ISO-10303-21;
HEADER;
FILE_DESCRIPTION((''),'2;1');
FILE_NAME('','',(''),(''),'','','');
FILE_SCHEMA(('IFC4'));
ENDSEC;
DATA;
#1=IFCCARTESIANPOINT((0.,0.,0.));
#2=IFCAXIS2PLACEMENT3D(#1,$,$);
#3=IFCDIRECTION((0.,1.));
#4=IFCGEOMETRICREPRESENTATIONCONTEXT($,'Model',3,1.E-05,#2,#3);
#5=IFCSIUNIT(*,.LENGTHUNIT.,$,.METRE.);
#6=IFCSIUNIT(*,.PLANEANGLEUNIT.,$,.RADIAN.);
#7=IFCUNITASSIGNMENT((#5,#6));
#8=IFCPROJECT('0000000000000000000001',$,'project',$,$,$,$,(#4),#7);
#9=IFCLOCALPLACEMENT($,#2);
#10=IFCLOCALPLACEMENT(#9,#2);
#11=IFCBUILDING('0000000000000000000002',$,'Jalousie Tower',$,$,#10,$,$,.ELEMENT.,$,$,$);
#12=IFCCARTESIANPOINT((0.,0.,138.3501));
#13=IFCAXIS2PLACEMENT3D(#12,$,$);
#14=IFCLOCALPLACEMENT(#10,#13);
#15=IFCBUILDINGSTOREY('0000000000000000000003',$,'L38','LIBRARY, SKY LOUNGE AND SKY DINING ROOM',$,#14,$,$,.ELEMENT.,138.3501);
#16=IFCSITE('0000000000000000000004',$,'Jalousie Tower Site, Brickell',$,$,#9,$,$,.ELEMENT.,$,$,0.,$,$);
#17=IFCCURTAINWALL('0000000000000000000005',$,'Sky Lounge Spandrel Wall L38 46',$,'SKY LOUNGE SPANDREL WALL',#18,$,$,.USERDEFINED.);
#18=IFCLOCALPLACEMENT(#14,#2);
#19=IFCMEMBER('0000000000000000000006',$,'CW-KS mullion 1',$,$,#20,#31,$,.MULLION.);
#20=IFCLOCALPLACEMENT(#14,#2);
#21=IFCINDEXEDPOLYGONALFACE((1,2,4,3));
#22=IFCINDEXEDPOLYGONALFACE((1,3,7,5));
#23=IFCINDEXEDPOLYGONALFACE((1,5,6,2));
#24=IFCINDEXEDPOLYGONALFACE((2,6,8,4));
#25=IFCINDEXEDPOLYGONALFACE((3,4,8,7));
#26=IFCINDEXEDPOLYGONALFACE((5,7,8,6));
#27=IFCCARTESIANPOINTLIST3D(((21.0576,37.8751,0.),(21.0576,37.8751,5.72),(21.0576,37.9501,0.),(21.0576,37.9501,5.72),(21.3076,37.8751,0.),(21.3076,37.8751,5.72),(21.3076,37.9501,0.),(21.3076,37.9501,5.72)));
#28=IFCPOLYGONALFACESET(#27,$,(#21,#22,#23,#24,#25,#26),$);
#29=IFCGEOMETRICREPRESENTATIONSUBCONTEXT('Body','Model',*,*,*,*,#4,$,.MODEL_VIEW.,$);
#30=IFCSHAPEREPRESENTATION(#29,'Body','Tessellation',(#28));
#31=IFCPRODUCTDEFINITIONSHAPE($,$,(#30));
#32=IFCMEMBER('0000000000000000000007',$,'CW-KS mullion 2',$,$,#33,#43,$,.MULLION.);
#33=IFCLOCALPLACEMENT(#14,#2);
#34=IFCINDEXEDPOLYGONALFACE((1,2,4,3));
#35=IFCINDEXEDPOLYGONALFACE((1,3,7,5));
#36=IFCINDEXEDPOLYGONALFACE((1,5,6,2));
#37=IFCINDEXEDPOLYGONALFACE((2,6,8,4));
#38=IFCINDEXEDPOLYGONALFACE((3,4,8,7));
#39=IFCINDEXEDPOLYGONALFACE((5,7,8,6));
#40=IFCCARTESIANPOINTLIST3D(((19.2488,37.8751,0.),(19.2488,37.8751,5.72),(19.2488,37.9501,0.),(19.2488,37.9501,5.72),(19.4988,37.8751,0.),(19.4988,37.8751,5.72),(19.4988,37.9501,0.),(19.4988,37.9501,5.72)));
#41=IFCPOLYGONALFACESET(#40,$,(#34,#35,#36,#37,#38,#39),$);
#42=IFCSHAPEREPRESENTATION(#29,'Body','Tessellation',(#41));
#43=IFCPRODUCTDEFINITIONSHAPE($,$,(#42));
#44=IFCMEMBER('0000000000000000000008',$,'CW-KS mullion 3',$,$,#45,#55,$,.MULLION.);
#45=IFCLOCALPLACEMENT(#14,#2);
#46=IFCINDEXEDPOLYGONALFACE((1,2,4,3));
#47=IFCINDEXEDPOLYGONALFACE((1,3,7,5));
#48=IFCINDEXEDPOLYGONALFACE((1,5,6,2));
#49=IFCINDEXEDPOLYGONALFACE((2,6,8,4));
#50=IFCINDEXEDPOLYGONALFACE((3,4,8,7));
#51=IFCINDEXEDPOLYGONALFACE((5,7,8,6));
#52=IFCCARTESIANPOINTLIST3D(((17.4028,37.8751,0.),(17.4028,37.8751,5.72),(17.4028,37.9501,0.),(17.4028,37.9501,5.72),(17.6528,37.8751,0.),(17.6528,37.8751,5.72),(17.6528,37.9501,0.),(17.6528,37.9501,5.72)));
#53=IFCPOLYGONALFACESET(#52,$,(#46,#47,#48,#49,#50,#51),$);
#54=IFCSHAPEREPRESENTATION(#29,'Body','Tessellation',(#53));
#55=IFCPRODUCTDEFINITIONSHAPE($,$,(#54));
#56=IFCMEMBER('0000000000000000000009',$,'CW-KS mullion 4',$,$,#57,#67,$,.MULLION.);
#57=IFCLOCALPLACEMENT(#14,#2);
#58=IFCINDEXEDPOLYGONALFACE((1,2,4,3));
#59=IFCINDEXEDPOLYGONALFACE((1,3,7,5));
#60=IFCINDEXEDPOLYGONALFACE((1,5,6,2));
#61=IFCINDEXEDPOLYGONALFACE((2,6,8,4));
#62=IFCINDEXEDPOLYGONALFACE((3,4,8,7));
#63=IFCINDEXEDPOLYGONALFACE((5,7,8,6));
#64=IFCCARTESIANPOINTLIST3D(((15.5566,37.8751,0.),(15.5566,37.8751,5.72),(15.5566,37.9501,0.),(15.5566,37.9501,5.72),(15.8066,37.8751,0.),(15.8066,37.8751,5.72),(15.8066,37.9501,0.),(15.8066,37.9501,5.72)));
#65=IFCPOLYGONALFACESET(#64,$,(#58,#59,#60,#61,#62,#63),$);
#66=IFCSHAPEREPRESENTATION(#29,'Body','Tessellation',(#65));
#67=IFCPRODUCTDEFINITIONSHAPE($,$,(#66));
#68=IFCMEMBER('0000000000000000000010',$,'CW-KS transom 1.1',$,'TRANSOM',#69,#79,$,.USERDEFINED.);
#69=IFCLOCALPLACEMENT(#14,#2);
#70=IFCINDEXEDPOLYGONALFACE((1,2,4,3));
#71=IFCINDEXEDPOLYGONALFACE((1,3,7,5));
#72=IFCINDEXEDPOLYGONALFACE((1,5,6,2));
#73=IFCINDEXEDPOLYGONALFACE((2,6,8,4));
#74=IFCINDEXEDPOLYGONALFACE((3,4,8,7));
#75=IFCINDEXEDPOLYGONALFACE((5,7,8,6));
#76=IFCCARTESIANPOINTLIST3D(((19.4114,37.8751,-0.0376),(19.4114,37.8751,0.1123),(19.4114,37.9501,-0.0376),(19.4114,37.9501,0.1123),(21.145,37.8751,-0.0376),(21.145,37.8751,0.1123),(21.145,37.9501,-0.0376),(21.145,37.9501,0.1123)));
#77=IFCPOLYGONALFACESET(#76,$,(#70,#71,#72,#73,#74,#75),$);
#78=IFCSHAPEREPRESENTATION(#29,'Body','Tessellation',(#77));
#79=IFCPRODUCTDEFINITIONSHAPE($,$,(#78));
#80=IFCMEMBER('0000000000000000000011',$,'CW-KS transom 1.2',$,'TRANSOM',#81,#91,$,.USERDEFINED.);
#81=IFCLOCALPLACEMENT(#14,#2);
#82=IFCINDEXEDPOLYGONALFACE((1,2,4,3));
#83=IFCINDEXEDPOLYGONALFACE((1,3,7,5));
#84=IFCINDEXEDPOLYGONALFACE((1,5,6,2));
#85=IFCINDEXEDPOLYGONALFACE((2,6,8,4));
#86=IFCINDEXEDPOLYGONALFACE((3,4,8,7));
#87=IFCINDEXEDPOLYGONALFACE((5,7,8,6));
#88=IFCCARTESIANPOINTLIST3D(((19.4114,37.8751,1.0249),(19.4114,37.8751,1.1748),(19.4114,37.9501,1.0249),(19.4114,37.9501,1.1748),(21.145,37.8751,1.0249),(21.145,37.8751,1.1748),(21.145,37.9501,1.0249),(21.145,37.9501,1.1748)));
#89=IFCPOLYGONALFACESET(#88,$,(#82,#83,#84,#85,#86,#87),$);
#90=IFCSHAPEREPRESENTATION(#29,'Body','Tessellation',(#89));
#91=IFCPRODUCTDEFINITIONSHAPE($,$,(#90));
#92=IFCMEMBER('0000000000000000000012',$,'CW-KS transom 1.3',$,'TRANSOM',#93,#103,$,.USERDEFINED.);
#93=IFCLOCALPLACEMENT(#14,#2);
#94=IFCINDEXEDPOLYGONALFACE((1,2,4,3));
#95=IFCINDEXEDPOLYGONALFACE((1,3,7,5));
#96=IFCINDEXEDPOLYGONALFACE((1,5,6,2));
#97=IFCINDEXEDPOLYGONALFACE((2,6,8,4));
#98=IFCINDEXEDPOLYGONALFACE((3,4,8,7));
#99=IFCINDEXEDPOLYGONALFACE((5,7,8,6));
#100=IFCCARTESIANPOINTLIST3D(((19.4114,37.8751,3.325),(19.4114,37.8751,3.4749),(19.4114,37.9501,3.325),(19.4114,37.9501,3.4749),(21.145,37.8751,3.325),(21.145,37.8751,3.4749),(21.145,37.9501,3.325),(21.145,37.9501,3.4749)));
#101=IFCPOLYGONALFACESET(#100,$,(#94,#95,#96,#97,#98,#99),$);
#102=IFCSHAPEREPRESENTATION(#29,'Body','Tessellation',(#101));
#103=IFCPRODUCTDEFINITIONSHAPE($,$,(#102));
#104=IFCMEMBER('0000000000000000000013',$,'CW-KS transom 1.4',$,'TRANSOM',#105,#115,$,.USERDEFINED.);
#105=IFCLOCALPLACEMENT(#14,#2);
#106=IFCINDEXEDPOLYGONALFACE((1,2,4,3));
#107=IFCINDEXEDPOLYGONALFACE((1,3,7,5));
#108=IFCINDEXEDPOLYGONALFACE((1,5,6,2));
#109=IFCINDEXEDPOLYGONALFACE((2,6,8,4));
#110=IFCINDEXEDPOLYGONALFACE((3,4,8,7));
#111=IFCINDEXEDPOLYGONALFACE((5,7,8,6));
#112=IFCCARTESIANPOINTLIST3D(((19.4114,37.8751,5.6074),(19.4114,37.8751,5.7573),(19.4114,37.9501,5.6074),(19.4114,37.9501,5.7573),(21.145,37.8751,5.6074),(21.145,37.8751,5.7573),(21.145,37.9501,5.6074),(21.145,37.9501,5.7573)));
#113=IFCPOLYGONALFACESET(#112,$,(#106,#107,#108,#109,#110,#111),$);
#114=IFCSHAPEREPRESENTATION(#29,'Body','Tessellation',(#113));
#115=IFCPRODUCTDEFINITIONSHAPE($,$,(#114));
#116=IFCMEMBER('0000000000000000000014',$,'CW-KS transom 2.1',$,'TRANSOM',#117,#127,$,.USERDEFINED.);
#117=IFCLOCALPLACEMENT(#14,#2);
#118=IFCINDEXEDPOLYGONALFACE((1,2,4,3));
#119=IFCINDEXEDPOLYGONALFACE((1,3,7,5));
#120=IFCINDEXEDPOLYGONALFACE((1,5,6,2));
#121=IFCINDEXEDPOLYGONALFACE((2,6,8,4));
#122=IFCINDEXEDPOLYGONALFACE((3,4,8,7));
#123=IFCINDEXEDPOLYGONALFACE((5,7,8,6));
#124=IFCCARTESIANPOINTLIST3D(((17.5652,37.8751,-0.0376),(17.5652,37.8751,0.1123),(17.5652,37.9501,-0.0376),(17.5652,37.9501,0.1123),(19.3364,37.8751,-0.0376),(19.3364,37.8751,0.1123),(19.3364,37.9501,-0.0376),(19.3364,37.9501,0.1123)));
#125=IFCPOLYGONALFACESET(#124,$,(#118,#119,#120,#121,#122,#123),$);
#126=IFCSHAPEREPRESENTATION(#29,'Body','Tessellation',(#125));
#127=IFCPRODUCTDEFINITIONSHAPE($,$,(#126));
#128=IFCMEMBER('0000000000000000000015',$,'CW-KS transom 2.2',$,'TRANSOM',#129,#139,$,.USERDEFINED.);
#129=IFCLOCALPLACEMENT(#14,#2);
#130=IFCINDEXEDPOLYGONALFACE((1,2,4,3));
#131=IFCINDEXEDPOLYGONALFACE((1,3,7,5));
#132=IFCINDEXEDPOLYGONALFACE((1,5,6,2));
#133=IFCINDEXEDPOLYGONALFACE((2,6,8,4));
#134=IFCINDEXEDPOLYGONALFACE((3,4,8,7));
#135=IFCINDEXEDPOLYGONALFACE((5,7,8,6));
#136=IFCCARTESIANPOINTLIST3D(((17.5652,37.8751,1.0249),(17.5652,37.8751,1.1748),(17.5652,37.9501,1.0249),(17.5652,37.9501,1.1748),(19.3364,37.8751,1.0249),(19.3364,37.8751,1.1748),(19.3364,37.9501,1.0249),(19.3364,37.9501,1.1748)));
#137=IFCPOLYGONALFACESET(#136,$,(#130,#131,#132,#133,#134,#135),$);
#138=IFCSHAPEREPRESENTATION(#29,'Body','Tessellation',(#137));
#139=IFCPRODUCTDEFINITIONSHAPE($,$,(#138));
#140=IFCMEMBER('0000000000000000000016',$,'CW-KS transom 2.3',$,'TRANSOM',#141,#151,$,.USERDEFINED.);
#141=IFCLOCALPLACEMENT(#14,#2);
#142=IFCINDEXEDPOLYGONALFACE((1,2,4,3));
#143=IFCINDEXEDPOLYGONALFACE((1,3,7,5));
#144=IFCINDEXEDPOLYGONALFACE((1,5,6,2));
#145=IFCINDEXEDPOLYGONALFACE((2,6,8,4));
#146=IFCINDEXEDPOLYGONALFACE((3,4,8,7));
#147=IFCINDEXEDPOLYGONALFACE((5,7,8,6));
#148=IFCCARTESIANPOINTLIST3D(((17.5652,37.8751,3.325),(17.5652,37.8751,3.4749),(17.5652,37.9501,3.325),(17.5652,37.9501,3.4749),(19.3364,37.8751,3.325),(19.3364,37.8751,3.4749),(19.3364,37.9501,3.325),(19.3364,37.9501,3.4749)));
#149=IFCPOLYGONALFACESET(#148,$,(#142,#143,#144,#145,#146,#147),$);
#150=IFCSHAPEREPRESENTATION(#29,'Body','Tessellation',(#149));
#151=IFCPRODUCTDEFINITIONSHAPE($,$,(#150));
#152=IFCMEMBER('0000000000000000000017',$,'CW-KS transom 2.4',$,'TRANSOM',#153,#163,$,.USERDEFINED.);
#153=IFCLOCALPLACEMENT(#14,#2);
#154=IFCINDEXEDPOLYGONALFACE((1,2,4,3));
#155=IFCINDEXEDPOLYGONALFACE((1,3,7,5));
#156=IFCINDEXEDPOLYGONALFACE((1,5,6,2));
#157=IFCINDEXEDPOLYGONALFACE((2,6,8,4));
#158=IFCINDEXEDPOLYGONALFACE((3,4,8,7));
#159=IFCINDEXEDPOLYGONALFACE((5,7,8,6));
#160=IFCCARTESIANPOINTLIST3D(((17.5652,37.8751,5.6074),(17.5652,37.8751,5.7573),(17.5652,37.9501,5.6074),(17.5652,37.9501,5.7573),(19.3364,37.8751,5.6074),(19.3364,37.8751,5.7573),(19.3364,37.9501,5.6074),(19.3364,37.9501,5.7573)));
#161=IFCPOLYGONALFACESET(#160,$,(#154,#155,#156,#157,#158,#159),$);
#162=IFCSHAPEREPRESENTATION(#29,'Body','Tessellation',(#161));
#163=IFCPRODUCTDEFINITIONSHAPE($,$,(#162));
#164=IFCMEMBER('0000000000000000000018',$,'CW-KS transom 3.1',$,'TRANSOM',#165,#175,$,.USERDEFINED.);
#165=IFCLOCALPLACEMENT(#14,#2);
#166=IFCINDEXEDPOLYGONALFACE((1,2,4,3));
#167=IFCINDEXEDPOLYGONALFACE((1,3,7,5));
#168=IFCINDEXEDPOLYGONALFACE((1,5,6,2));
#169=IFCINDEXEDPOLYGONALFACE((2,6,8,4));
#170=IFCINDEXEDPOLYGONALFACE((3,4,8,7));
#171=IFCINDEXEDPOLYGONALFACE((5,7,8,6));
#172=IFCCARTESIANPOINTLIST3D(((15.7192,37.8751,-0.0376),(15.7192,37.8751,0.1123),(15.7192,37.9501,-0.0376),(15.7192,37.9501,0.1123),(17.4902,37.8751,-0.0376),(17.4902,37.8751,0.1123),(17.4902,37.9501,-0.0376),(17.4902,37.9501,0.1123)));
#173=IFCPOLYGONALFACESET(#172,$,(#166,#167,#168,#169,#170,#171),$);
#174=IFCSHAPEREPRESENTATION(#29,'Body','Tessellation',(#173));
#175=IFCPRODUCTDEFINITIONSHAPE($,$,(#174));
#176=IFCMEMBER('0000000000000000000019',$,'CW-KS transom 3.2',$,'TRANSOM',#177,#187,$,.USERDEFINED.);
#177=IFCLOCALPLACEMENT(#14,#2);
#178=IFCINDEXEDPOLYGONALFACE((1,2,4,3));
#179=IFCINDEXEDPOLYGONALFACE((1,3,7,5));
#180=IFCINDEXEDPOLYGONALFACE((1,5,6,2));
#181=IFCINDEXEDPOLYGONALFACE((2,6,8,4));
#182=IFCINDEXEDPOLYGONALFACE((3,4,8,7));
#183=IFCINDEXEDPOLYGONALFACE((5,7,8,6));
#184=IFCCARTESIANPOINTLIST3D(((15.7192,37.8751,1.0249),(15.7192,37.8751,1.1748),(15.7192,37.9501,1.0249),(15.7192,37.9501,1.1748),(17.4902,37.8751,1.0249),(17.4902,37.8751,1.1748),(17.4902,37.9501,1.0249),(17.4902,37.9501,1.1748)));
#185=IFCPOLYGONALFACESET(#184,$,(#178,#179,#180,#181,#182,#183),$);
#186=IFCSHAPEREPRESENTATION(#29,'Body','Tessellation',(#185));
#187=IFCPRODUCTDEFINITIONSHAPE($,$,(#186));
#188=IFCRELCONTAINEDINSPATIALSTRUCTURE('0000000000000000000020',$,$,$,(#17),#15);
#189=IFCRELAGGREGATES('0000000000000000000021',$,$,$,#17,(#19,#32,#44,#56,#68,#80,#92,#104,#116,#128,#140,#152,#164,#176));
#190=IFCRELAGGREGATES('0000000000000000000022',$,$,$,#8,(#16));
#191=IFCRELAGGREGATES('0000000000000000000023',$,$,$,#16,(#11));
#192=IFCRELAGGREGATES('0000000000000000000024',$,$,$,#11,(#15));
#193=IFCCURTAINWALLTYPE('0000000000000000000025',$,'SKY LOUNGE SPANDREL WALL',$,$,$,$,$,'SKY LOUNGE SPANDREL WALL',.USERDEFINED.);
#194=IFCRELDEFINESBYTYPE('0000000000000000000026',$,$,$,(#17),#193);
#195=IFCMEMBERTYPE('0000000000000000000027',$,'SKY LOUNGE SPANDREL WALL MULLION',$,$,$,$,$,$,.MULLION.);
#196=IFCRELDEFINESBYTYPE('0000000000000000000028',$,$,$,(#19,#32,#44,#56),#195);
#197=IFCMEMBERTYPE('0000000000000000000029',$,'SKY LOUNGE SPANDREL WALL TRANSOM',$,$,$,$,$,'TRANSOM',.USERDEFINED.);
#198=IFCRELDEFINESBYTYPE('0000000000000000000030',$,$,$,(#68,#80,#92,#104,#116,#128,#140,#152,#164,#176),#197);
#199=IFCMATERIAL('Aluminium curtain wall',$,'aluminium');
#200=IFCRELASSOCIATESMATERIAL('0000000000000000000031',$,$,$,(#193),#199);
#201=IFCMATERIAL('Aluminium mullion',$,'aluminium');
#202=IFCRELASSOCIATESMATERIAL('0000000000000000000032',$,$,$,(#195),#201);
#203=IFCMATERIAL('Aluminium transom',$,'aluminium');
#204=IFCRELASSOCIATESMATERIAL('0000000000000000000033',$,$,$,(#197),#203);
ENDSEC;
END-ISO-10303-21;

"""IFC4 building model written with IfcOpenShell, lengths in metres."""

from ifc_helpers import new_model, si_unit, direction, frame, origin, origin_2d, place, context, subcontext, project, spatial, rectangle, extrude, material, material_profile, profile_set, type_object, element, aggregate, save


model = new_model("IFC4")

# Units and contexts
model_context = context("Model", 3, precision=1e-05, world=origin(), true_north=direction((0.0, 1.0)))
body_context = subcontext(model_context, "Body", "Model", "MODEL_VIEW")
ifc_project = project(units=[si_unit("LENGTHUNIT", "METRE"), si_unit("PLANEANGLEUNIT", "RADIAN")], contexts=[model_context])

# Site, building, storey
site_placement = place(None, origin())
site = spatial("IfcSite", under=ifc_project, at=site_placement, Name="Jalousie Tower Site, Brickell", CompositionType="ELEMENT", RefElevation=0.0)
building_placement = place(site_placement, origin())
building = spatial("IfcBuilding", under=site, at=building_placement, Name="Jalousie Tower", CompositionType="ELEMENT")
storey_placement = place(building_placement, frame((0.0, 0.0, 138.3501)))
storey = spatial("IfcBuildingStorey", under=building, at=storey_placement, Name="L38", Description="LIBRARY, SKY LOUNGE AND SKY DINING ROOM", CompositionType="ELEMENT", Elevation=138.3501)

# Curtain wall, members
ifc_material_1 = material(Name="Aluminium curtain wall", Category="aluminium")
curtain_wall_type_1 = type_object("IfcCurtainWallType", Name="SKY LOUNGE SPANDREL WALL", ElementType="SKY LOUNGE SPANDREL WALL", PredefinedType="USERDEFINED", material=ifc_material_1)
curtain_wall_1_placement = place(storey_placement, origin())
curtain_wall_1 = element("IfcCurtainWall", 1, at=curtain_wall_1_placement, inside=storey, type_object=curtain_wall_type_1, Name="Sky Lounge Spandrel Wall L38 46", ObjectType="SKY LOUNGE SPANDREL WALL", PredefinedType="USERDEFINED")
ifc_material_2 = material(Name="Aluminium mullion", Category="aluminium")
ifc_material_profile_1 = material_profile(ifc_material_2, rectangle(XDim=0.075, YDim=0.25, at=origin_2d()), Name="MULLION 75x250")
ifc_profile_set_1 = profile_set([ifc_material_profile_1], Name="Aluminium mullion")
member_type_1 = type_object("IfcMemberType", Name="SKY LOUNGE SPANDREL WALL MULLION", PredefinedType="MULLION", material=ifc_profile_set_1)
member_1_placement = place(storey_placement, frame((21.1826, 37.9126, 0.0), z_axis=(0.0, 0.0, 1.0), x_axis=(0.0, -1.0, 0.0)))
member_1 = element("IfcMember", 2, at=member_1_placement, type_object=member_type_1, Name="CW-KS mullion 1", PredefinedType="MULLION", context=body_context, shape_type="SweptSolid", body=[
    extrude(rectangle(XDim=0.075, YDim=0.25, at=origin_2d()), origin(), (0.0, 0.0, 1.0), 5.72),
])
member_2_placement = place(storey_placement, frame((19.3738, 37.9126, 0.0), z_axis=(0.0, 0.0, 1.0), x_axis=(0.0, -1.0, 0.0)))
member_2 = element("IfcMember", 3, at=member_2_placement, type_object=member_type_1, Name="CW-KS mullion 2", PredefinedType="MULLION", context=body_context, shape_type="SweptSolid", body=[
    extrude(rectangle(XDim=0.075, YDim=0.25, at=origin_2d()), origin(), (0.0, 0.0, 1.0), 5.72),
])
member_3_placement = place(storey_placement, frame((17.5278, 37.9126, 0.0), z_axis=(0.0, 0.0, 1.0), x_axis=(0.0, -1.0, 0.0)))
member_3 = element("IfcMember", 4, at=member_3_placement, type_object=member_type_1, Name="CW-KS mullion 3", PredefinedType="MULLION", context=body_context, shape_type="SweptSolid", body=[
    extrude(rectangle(XDim=0.075, YDim=0.25, at=origin_2d()), origin(), (0.0, 0.0, 1.0), 5.72),
])
member_4_placement = place(storey_placement, frame((15.6816, 37.9126, 0.0), z_axis=(0.0, 0.0, 1.0), x_axis=(0.0, -1.0, 0.0)))
member_4 = element("IfcMember", 5, at=member_4_placement, type_object=member_type_1, Name="CW-KS mullion 4", PredefinedType="MULLION", context=body_context, shape_type="SweptSolid", body=[
    extrude(rectangle(XDim=0.075, YDim=0.25, at=origin_2d()), origin(), (0.0, 0.0, 1.0), 5.72),
])
ifc_material_3 = material(Name="Aluminium transom", Category="aluminium")
ifc_material_profile_2 = material_profile(ifc_material_3, rectangle(XDim=0.075, YDim=0.1499, at=origin_2d()), Name="TRANSOM 75x150")
ifc_profile_set_2 = profile_set([ifc_material_profile_2], Name="Aluminium transom")
member_type_2 = type_object("IfcMemberType", Name="SKY LOUNGE SPANDREL WALL TRANSOM", ElementType="TRANSOM", PredefinedType="USERDEFINED", material=ifc_profile_set_2)
member_5_placement = place(storey_placement, frame((21.145, 37.9126, 0.0374), z_axis=(-1.0, 0.0, 0.0), x_axis=(0.0, -1.0, 0.0)))
member_5 = element("IfcMember", 6, at=member_5_placement, type_object=member_type_2, Name="CW-KS transom 1.1", ObjectType="TRANSOM", PredefinedType="USERDEFINED", context=body_context, shape_type="SweptSolid", body=[
    extrude(rectangle(XDim=0.075, YDim=0.1499, at=origin_2d()), origin(), (0.0, 0.0, 1.0), 1.7336),
])
member_6_placement = place(storey_placement, frame((21.145, 37.9126, 1.0999), z_axis=(-1.0, 0.0, 0.0), x_axis=(0.0, -1.0, 0.0)))
member_6 = element("IfcMember", 7, at=member_6_placement, type_object=member_type_2, Name="CW-KS transom 1.2", ObjectType="TRANSOM", PredefinedType="USERDEFINED", context=body_context, shape_type="SweptSolid", body=[
    extrude(rectangle(XDim=0.075, YDim=0.1499, at=origin_2d()), origin(), (0.0, 0.0, 1.0), 1.7336),
])
member_7_placement = place(storey_placement, frame((21.145, 37.9126, 3.3999), z_axis=(-1.0, 0.0, 0.0), x_axis=(0.0, -1.0, 0.0)))
member_7 = element("IfcMember", 8, at=member_7_placement, type_object=member_type_2, Name="CW-KS transom 1.3", ObjectType="TRANSOM", PredefinedType="USERDEFINED", context=body_context, shape_type="SweptSolid", body=[
    extrude(rectangle(XDim=0.075, YDim=0.1499, at=origin_2d()), origin(), (0.0, 0.0, 1.0), 1.7336),
])
member_8_placement = place(storey_placement, frame((21.145, 37.9126, 5.6824), z_axis=(-1.0, 0.0, 0.0), x_axis=(0.0, -1.0, 0.0)))
member_8 = element("IfcMember", 9, at=member_8_placement, type_object=member_type_2, Name="CW-KS transom 1.4", ObjectType="TRANSOM", PredefinedType="USERDEFINED", context=body_context, shape_type="SweptSolid", body=[
    extrude(rectangle(XDim=0.075, YDim=0.1499, at=origin_2d()), origin(), (0.0, 0.0, 1.0), 1.7336),
])
member_9_placement = place(storey_placement, frame((19.3364, 37.9126, 0.0374), z_axis=(-1.0, 0.0, 0.0), x_axis=(0.0, -1.0, 0.0)))
member_9 = element("IfcMember", 10, at=member_9_placement, type_object=member_type_2, Name="CW-KS transom 2.1", ObjectType="TRANSOM", PredefinedType="USERDEFINED", context=body_context, shape_type="SweptSolid", body=[
    extrude(rectangle(XDim=0.075, YDim=0.1499, at=origin_2d()), origin(), (0.0, 0.0, 1.0), 1.7712),
])
member_10_placement = place(storey_placement, frame((19.3364, 37.9126, 1.0999), z_axis=(-1.0, 0.0, 0.0), x_axis=(0.0, -1.0, 0.0)))
member_10 = element("IfcMember", 11, at=member_10_placement, type_object=member_type_2, Name="CW-KS transom 2.2", ObjectType="TRANSOM", PredefinedType="USERDEFINED", context=body_context, shape_type="SweptSolid", body=[
    extrude(rectangle(XDim=0.075, YDim=0.1499, at=origin_2d()), origin(), (0.0, 0.0, 1.0), 1.7712),
])
member_11_placement = place(storey_placement, frame((19.3364, 37.9126, 3.3999), z_axis=(-1.0, 0.0, 0.0), x_axis=(0.0, -1.0, 0.0)))
member_11 = element("IfcMember", 12, at=member_11_placement, type_object=member_type_2, Name="CW-KS transom 2.3", ObjectType="TRANSOM", PredefinedType="USERDEFINED", context=body_context, shape_type="SweptSolid", body=[
    extrude(rectangle(XDim=0.075, YDim=0.1499, at=origin_2d()), origin(), (0.0, 0.0, 1.0), 1.7712),
])
member_12_placement = place(storey_placement, frame((19.3364, 37.9126, 5.6824), z_axis=(-1.0, 0.0, 0.0), x_axis=(0.0, -1.0, 0.0)))
member_12 = element("IfcMember", 13, at=member_12_placement, type_object=member_type_2, Name="CW-KS transom 2.4", ObjectType="TRANSOM", PredefinedType="USERDEFINED", context=body_context, shape_type="SweptSolid", body=[
    extrude(rectangle(XDim=0.075, YDim=0.1499, at=origin_2d()), origin(), (0.0, 0.0, 1.0), 1.7712),
])
member_13_placement = place(storey_placement, frame((17.4902, 37.9126, 0.0374), z_axis=(-1.0, 0.0, 0.0), x_axis=(0.0, -1.0, 0.0)))
member_13 = element("IfcMember", 14, at=member_13_placement, type_object=member_type_2, Name="CW-KS transom 3.1", ObjectType="TRANSOM", PredefinedType="USERDEFINED", context=body_context, shape_type="SweptSolid", body=[
    extrude(rectangle(XDim=0.075, YDim=0.1499, at=origin_2d()), origin(), (0.0, 0.0, 1.0), 1.771),
])
member_14_placement = place(storey_placement, frame((17.4902, 37.9126, 1.0999), z_axis=(-1.0, 0.0, 0.0), x_axis=(0.0, -1.0, 0.0)))
member_14 = element("IfcMember", 15, at=member_14_placement, type_object=member_type_2, Name="CW-KS transom 3.2", ObjectType="TRANSOM", PredefinedType="USERDEFINED", context=body_context, shape_type="SweptSolid", body=[
    extrude(rectangle(XDim=0.075, YDim=0.1499, at=origin_2d()), origin(), (0.0, 0.0, 1.0), 1.771),
])

aggregate(curtain_wall_1, [member_1, member_2, member_3, member_4, member_5, member_6, member_7, member_8, member_9, member_10, member_11, member_12, member_13, member_14])

save(model, "model.ifc")
